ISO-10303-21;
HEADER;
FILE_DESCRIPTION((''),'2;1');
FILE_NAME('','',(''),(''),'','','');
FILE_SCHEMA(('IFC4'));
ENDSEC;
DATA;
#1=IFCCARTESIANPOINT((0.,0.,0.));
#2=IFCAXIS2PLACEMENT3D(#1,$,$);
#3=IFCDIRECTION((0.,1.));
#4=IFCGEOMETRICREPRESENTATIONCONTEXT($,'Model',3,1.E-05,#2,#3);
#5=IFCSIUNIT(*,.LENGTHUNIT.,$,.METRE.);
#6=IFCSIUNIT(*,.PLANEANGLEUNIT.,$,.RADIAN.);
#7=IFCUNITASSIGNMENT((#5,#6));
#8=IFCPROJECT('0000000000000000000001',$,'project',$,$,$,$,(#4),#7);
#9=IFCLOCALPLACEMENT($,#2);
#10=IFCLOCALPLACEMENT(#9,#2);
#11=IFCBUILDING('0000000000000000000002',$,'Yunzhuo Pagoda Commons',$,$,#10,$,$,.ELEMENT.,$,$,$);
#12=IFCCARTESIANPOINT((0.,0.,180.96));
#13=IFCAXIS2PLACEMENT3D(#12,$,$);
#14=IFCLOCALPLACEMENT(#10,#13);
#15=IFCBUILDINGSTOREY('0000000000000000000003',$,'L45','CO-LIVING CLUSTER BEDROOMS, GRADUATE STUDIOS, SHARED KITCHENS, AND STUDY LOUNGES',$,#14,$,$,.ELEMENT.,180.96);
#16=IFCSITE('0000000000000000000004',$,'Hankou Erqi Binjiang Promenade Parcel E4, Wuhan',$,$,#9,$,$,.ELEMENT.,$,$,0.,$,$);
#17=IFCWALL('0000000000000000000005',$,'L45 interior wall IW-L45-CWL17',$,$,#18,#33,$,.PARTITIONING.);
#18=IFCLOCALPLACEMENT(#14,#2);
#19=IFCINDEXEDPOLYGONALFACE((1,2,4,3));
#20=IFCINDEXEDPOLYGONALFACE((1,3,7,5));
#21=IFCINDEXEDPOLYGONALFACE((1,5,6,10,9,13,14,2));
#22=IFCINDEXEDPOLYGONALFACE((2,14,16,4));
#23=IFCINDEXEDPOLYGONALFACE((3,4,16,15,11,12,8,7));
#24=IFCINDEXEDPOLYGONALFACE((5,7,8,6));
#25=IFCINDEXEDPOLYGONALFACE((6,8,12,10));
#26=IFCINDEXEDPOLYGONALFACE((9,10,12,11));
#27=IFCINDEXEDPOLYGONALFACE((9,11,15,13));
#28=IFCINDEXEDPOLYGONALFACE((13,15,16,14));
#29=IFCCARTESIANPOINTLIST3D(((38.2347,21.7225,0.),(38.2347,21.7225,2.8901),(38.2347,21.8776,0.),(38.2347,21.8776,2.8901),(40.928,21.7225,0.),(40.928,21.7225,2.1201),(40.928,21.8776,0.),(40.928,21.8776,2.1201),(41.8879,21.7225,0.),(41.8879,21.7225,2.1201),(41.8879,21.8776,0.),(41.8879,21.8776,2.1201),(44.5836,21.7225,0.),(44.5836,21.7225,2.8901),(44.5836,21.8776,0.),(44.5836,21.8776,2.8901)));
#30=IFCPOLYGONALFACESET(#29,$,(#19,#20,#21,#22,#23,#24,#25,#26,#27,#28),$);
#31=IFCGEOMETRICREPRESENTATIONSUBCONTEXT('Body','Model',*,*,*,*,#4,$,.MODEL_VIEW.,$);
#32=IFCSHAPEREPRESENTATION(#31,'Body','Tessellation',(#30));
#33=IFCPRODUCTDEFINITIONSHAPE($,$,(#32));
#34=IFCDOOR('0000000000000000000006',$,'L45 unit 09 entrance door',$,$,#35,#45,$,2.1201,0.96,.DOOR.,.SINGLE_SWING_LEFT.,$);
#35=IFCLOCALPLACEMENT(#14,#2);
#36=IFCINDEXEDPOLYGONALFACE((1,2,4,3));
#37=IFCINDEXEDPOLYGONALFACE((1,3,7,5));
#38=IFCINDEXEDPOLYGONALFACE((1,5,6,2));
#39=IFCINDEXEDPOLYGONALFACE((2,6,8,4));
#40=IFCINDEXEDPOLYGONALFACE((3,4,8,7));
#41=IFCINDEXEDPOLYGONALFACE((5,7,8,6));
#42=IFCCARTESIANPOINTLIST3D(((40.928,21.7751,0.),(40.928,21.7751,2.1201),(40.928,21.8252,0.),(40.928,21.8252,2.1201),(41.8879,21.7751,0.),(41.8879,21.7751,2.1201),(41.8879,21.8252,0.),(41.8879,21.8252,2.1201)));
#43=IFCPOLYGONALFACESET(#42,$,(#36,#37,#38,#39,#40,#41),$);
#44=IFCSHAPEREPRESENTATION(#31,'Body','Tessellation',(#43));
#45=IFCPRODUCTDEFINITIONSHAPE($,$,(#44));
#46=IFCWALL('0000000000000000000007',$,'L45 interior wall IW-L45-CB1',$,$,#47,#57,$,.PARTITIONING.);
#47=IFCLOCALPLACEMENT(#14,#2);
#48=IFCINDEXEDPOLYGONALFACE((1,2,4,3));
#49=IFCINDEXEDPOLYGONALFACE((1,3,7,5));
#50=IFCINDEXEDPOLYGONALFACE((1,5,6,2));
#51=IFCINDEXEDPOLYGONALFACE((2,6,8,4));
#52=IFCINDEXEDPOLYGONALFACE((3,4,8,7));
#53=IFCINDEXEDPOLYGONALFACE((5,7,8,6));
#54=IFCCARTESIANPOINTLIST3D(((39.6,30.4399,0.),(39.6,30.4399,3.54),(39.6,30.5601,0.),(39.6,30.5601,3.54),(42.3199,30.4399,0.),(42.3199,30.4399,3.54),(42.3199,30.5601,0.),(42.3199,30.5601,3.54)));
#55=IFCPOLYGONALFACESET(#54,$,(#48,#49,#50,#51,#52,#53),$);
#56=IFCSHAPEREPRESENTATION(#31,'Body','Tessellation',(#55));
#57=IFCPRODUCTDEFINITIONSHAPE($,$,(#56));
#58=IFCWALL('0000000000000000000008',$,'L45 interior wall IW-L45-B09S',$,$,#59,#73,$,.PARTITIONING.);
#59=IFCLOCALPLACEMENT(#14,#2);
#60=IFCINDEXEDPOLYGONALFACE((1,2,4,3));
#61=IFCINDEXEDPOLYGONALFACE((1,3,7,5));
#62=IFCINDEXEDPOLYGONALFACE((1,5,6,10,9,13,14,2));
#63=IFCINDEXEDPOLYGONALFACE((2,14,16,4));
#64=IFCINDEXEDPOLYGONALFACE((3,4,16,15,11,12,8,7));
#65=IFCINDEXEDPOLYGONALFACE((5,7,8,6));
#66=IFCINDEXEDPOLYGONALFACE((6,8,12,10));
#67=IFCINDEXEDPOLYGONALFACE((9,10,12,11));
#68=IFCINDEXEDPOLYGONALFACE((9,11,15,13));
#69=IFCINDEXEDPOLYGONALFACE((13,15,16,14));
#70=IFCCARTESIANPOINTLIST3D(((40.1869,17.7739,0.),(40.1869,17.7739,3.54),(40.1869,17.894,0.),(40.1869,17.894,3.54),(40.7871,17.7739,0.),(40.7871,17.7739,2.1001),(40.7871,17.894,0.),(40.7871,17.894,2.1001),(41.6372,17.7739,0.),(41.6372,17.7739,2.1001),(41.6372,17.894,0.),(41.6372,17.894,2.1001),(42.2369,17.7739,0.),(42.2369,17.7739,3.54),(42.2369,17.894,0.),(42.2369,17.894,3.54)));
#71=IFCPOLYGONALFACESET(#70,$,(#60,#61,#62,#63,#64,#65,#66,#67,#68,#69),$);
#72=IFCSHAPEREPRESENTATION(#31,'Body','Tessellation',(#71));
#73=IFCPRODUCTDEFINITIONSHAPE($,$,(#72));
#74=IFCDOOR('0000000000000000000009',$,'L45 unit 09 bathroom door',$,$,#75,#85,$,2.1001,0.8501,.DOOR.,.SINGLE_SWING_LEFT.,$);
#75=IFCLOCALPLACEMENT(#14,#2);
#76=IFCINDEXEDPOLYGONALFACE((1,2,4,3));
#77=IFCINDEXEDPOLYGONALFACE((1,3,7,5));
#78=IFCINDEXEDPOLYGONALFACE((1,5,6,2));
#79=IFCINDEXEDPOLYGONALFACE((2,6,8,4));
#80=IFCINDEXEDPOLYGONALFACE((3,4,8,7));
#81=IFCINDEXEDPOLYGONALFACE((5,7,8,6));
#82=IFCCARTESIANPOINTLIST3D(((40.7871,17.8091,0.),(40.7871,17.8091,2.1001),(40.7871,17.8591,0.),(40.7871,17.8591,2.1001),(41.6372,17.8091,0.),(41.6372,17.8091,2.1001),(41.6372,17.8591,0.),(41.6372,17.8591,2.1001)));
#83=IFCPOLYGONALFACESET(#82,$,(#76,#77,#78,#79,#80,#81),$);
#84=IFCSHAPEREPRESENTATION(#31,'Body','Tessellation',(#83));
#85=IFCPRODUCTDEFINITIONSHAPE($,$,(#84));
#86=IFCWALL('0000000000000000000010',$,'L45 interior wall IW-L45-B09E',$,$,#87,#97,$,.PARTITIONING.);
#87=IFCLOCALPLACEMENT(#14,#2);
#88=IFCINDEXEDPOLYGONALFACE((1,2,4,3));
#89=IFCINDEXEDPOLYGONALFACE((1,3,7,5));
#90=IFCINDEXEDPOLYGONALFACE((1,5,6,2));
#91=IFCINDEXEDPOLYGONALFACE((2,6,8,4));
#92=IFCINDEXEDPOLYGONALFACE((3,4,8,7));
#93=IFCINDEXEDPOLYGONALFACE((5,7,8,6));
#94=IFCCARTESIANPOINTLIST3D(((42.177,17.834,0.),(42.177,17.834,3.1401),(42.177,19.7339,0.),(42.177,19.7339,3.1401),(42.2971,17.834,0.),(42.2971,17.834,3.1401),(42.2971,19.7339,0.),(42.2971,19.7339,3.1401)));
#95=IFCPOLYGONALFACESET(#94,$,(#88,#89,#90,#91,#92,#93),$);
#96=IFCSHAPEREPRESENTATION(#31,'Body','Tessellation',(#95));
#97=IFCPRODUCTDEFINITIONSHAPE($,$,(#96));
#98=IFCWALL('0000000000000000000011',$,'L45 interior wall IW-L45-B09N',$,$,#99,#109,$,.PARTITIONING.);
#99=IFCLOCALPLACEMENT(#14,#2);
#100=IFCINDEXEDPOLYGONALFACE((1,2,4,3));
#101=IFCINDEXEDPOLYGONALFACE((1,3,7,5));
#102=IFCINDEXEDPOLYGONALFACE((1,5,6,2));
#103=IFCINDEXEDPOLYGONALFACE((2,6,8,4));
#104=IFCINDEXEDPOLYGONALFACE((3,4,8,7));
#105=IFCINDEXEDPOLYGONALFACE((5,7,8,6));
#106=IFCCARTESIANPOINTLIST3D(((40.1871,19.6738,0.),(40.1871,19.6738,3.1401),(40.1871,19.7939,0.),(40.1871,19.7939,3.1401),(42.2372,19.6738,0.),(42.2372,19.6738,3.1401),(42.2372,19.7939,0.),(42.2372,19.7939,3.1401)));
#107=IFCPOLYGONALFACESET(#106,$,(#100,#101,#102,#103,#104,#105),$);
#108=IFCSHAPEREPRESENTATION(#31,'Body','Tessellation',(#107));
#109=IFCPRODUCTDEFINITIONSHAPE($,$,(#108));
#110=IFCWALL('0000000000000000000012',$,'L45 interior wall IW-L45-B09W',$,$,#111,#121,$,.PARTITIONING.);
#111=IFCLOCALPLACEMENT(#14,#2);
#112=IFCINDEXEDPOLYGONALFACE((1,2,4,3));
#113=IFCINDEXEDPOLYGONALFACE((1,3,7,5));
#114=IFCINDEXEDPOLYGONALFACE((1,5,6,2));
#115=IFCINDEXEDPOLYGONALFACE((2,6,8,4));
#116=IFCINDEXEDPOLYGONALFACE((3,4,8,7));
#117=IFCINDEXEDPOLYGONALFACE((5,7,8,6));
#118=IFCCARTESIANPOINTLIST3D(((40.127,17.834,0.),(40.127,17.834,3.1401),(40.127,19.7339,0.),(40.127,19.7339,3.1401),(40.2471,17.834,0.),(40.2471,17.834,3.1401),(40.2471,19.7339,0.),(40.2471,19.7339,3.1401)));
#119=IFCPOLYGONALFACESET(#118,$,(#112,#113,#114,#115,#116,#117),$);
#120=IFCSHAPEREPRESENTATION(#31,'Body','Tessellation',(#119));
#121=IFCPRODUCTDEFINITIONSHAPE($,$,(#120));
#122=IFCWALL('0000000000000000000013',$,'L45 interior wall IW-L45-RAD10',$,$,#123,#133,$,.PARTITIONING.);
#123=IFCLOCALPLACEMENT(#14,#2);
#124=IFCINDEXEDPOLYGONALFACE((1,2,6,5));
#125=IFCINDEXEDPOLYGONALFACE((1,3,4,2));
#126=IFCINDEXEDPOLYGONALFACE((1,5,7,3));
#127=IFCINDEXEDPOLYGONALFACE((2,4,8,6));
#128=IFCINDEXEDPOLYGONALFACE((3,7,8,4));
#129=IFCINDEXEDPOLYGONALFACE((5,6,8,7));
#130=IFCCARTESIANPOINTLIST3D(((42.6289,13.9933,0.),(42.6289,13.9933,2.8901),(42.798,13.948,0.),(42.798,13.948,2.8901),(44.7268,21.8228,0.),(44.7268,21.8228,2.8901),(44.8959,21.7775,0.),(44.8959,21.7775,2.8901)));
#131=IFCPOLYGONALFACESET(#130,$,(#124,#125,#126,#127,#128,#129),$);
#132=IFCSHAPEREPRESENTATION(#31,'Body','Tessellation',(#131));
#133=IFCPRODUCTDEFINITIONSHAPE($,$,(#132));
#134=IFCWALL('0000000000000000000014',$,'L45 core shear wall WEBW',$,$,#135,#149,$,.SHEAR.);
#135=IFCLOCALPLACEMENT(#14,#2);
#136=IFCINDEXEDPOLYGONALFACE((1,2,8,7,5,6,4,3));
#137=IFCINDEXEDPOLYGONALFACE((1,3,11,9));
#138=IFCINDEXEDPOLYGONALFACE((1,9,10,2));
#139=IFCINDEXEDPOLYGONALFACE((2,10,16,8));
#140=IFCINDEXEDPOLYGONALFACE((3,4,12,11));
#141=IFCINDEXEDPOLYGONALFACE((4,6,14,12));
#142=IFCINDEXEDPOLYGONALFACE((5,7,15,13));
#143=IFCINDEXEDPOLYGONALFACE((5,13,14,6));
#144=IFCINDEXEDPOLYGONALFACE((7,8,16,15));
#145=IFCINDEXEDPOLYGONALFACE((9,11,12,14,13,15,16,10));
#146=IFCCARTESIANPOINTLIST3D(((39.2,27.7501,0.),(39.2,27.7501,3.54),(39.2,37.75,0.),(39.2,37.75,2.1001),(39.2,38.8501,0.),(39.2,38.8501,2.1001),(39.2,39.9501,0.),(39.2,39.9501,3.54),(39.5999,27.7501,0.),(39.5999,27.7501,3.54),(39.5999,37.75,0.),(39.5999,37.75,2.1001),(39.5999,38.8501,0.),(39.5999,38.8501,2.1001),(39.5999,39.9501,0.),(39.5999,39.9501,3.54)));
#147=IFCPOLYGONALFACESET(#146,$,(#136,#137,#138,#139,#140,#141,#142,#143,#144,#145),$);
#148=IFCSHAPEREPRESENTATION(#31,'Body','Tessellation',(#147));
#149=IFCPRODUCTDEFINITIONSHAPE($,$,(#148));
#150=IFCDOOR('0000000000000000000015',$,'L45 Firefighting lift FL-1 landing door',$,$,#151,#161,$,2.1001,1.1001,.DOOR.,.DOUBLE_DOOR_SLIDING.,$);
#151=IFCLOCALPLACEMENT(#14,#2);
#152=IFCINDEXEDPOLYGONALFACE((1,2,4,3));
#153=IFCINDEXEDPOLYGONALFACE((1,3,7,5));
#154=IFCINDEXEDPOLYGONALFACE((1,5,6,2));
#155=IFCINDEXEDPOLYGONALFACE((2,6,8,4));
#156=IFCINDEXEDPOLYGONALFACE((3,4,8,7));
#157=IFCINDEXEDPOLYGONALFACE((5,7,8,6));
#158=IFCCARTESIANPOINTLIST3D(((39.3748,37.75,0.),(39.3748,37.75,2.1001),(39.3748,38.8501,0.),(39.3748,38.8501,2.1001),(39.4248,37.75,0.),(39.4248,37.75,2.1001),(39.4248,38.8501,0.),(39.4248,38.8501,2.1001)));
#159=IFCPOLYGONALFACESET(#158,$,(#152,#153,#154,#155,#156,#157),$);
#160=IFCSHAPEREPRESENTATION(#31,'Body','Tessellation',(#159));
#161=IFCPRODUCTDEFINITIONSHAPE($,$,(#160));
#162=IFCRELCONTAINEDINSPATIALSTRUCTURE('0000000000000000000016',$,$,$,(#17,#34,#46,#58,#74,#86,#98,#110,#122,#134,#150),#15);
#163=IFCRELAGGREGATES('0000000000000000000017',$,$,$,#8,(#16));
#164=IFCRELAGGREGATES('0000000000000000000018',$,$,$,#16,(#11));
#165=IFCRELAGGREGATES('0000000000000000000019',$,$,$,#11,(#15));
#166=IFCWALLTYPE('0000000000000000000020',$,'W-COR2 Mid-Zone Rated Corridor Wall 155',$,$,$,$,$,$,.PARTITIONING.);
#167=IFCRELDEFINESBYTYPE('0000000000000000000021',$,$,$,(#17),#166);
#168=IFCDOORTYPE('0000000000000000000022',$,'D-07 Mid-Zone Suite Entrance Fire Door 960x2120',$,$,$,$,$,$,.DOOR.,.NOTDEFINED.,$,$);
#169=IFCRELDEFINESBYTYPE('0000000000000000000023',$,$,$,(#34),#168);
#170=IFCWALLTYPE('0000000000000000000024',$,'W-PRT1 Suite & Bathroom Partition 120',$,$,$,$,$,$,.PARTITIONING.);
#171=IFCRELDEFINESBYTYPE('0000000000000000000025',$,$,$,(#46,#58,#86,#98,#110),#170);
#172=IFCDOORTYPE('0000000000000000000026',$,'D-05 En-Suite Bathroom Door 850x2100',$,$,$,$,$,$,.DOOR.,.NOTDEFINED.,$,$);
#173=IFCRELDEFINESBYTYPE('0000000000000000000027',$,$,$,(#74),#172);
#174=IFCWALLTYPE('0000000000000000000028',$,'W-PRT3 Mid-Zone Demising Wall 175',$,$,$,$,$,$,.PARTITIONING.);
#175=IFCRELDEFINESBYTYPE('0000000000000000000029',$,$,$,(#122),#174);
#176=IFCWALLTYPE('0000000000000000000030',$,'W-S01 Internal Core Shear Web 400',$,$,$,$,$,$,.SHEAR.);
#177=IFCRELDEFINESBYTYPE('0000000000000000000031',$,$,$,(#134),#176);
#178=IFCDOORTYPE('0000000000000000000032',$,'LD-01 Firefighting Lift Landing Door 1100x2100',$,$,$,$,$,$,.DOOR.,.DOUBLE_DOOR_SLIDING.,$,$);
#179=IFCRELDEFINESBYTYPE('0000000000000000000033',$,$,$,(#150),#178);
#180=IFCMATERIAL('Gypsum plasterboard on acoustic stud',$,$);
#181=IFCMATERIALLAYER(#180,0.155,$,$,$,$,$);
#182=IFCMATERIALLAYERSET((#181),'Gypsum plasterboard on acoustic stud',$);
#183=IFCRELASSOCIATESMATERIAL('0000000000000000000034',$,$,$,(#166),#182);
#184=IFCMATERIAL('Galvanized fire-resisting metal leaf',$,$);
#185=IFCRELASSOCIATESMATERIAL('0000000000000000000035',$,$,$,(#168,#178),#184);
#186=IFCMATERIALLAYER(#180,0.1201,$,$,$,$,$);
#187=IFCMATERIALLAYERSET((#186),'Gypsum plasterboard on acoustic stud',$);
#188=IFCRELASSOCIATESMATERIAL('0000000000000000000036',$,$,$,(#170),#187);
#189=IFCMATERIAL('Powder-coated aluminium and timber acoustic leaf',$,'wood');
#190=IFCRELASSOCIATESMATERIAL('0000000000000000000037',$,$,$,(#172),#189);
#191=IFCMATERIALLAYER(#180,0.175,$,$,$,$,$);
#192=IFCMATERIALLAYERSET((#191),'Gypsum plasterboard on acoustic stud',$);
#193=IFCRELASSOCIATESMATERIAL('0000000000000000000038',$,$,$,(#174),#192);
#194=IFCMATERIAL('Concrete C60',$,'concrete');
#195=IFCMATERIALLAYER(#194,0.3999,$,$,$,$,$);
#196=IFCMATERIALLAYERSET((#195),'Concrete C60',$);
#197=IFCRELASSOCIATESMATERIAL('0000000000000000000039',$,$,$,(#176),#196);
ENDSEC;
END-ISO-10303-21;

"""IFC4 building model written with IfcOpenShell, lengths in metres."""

from ifc_helpers import new_model, si_unit, direction, frame, frame_2d, origin, origin_with_axes, place, context, subcontext, project, spatial, rectangle, extrude, source, transform, mapped, material, layer, layer_set, type_object, element, fill, save


model = new_model("IFC4")

# Units and contexts
model_context = context("Model", 3, precision=1e-05, world=origin(), true_north=direction((0.0, 1.0)))
body_context = subcontext(model_context, "Body", "Model", "MODEL_VIEW")
ifc_project = project(units=[si_unit("LENGTHUNIT", "METRE"), si_unit("PLANEANGLEUNIT", "RADIAN")], contexts=[model_context])

# Site, building, storey
site_placement = place(None, origin())
site = spatial("IfcSite", under=ifc_project, at=site_placement, Name="Hankou Erqi Binjiang Promenade Parcel E4, Wuhan", CompositionType="ELEMENT", RefElevation=0.0)
building_placement = place(site_placement, origin())
building = spatial("IfcBuilding", under=site, at=building_placement, Name="Yunzhuo Pagoda Commons", CompositionType="ELEMENT")
storey_placement = place(building_placement, frame((0.0, 0.0, 180.96)))
storey = spatial("IfcBuildingStorey", under=building, at=storey_placement, Name="L45", Description="CO-LIVING CLUSTER BEDROOMS, GRADUATE STUDIOS, SHARED KITCHENS, AND STUDY LOUNGES", CompositionType="ELEMENT", Elevation=180.96)

# Shared definitions
ifc_material_1 = material(Name="Gypsum plasterboard on acoustic stud")
ifc_layer_1 = layer(ifc_material_1, 0.155)
ifc_layer_set_1 = layer_set([ifc_layer_1], Name="Gypsum plasterboard on acoustic stud")
wall_type_1 = type_object("IfcWallType", Name="W-COR2 Mid-Zone Rated Corridor Wall 155", PredefinedType="PARTITIONING", material=ifc_layer_set_1)
ifc_material_2 = material(Name="Galvanized fire-resisting metal leaf")

# Wall, opening, door
wall_1_placement = place(storey_placement, frame((44.5835, 21.8, 0.0), z_axis=(0.0, 0.0, 1.0), x_axis=(-1.0, 0.0, 0.0)))
wall_1 = element("IfcWall", 1, at=wall_1_placement, inside=storey, type_object=wall_type_1, Name="L45 interior wall IW-L45-CWL17", PredefinedType="PARTITIONING", context=body_context, shape_type="SweptSolid", body=[
    extrude(rectangle(XDim=6.3489, YDim=0.155, at=frame_2d((3.1743, 0.0))), origin(), (0.0, 0.0, 1.0), 2.8901),
])
opening_1_placement = place(wall_1_placement, frame((2.6956, 0.0, 0.0)))
opening_1 = element("IfcOpeningElement", 2, at=opening_1_placement, cuts=wall_1, PredefinedType="OPENING", context=body_context, shape_type="SweptSolid", body=[
    extrude(rectangle(XDim=0.96, YDim=2.1201, at=frame_2d((0.48, 1.0601))), frame((0.0, 0.0874, 0.0), z_axis=(0.0, -1.0, 0.0), x_axis=(1.0, 0.0, 0.0)), (0.0, 0.0, 1.0), 0.175),
])
door_type_1 = type_object("IfcDoorType", Name="D-07 Mid-Zone Suite Entrance Fire Door 960x2120", OperationType="NOTDEFINED", PredefinedType="DOOR", material=ifc_material_2)
shared_shape_1 = source(origin(), body_context, "Body", "SweptSolid", [
    extrude(rectangle(XDim=0.96, YDim=2.1201, at=frame_2d((0.48, 1.0601))), frame((0.0, 0.0249, 0.0), z_axis=(0.0, -1.0, 0.0), x_axis=(1.0, 0.0, 0.0)), (0.0, 0.0, 1.0), 0.05),
])
door_1_placement = place(opening_1_placement, origin_with_axes())
door_1 = element("IfcDoor", 3, at=door_1_placement, inside=storey, type_object=door_type_1, Name="L45 unit 09 entrance door", OperationType="SINGLE_SWING_LEFT", OverallHeight=2.1201, OverallWidth=0.96, PredefinedType="DOOR", context=body_context, shape_type="MappedRepresentation", body=[
    mapped(shared_shape_1, transform((0.0, 0.0, 0.0), scale=1.0)),
])
fill(opening_1, door_1)

# Wall
ifc_layer_2 = layer(ifc_material_1, 0.1201)
ifc_layer_set_2 = layer_set([ifc_layer_2], Name="Gypsum plasterboard on acoustic stud")
wall_type_2 = type_object("IfcWallType", Name="W-PRT1 Suite & Bathroom Partition 120", PredefinedType="PARTITIONING", material=ifc_layer_set_2)
wall_2_placement = place(storey_placement, frame((39.6001, 30.5, 0.0), z_axis=(0.0, 0.0, 1.0), x_axis=(1.0, 0.0, 0.0)))
element("IfcWall", 4, at=wall_2_placement, inside=storey, type_object=wall_type_2, Name="L45 interior wall IW-L45-CB1", PredefinedType="PARTITIONING", context=body_context, shape_type="SweptSolid", body=[
    extrude(rectangle(XDim=2.72, YDim=0.1201, at=frame_2d((1.3599, 0.0))), origin(), (0.0, 0.0, 1.0), 3.54),
])

# Wall, opening, door
wall_3_placement = place(storey_placement, frame((40.187, 17.834, 0.0), z_axis=(0.0, 0.0, 1.0), x_axis=(1.0, 0.0, 0.0)))
wall_3 = element("IfcWall", 5, at=wall_3_placement, inside=storey, type_object=wall_type_2, Name="L45 interior wall IW-L45-B09S", PredefinedType="PARTITIONING", context=body_context, shape_type="SweptSolid", body=[
    extrude(rectangle(XDim=2.05, YDim=0.1201, at=frame_2d((1.0249, 0.0))), origin(), (0.0, 0.0, 1.0), 3.54),
])
opening_2_placement = place(wall_3_placement, frame((0.6001, 0.0, 0.0)))
opening_2 = element("IfcOpeningElement", 6, at=opening_2_placement, cuts=wall_3, PredefinedType="OPENING", context=body_context, shape_type="SweptSolid", body=[
    extrude(rectangle(XDim=0.8501, YDim=2.1001, at=frame_2d((0.425, 1.05))), frame((0.0, 0.0701, 0.0), z_axis=(0.0, -1.0, 0.0), x_axis=(1.0, 0.0, 0.0)), (0.0, 0.0, 1.0), 0.1401),
])
ifc_material_3 = material(Name="Powder-coated aluminium and timber acoustic leaf", Category="wood")
door_type_2 = type_object("IfcDoorType", Name="D-05 En-Suite Bathroom Door 850x2100", OperationType="NOTDEFINED", PredefinedType="DOOR", material=ifc_material_3)
shared_shape_2 = source(origin(), body_context, "Body", "SweptSolid", [
    extrude(rectangle(XDim=0.8501, YDim=2.1001, at=frame_2d((0.425, 1.05))), frame((0.0, 0.0249, 0.0), z_axis=(0.0, -1.0, 0.0), x_axis=(1.0, 0.0, 0.0)), (0.0, 0.0, 1.0), 0.05),
])
door_2_placement = place(opening_2_placement, frame((0.8501, 0.0, 0.0), z_axis=(0.0, 0.0, 1.0), x_axis=(-1.0, 0.0, 0.0)))
door_2 = element("IfcDoor", 7, at=door_2_placement, inside=storey, type_object=door_type_2, Name="L45 unit 09 bathroom door", OperationType="SINGLE_SWING_LEFT", OverallHeight=2.1001, OverallWidth=0.8501, PredefinedType="DOOR", context=body_context, shape_type="MappedRepresentation", body=[
    mapped(shared_shape_2, transform((0.0, 0.0, 0.0), scale=1.0)),
])
fill(opening_2, door_2)

# Walls
wall_4_placement = place(storey_placement, frame((42.2371, 17.834, 0.0), z_axis=(0.0, 0.0, 1.0), x_axis=(0.0, 1.0, 0.0)))
element("IfcWall", 8, at=wall_4_placement, inside=storey, type_object=wall_type_2, Name="L45 interior wall IW-L45-B09E", PredefinedType="PARTITIONING", context=body_context, shape_type="SweptSolid", body=[
    extrude(rectangle(XDim=1.8999, YDim=0.1201, at=frame_2d((0.95, 0.0))), origin(), (0.0, 0.0, 1.0), 3.1401),
])
wall_5_placement = place(storey_placement, frame((42.2371, 19.7339, 0.0), z_axis=(0.0, 0.0, 1.0), x_axis=(-1.0, 0.0, 0.0)))
element("IfcWall", 9, at=wall_5_placement, inside=storey, type_object=wall_type_2, Name="L45 interior wall IW-L45-B09N", PredefinedType="PARTITIONING", context=body_context, shape_type="SweptSolid", body=[
    extrude(rectangle(XDim=2.05, YDim=0.1201, at=frame_2d((1.0249, 0.0))), origin(), (0.0, 0.0, 1.0), 3.1401),
])
wall_6_placement = place(storey_placement, frame((40.187, 19.7339, 0.0), z_axis=(0.0, 0.0, 1.0), x_axis=(0.0, -1.0, 0.0)))
element("IfcWall", 10, at=wall_6_placement, inside=storey, type_object=wall_type_2, Name="L45 interior wall IW-L45-B09W", PredefinedType="PARTITIONING", context=body_context, shape_type="SweptSolid", body=[
    extrude(rectangle(XDim=1.8999, YDim=0.1201, at=frame_2d((0.95, 0.0))), origin(), (0.0, 0.0, 1.0), 3.1401),
])
ifc_layer_3 = layer(ifc_material_1, 0.175)
ifc_layer_set_3 = layer_set([ifc_layer_3], Name="Gypsum plasterboard on acoustic stud")
wall_type_3 = type_object("IfcWallType", Name="W-PRT3 Mid-Zone Demising Wall 175", PredefinedType="PARTITIONING", material=ifc_layer_set_3)
wall_7_placement = place(storey_placement, frame((44.8113, 21.8, 0.0), z_axis=(0.0, 0.0, 1.0), x_axis=(-0.258815, -0.965927, 0.0)))
element("IfcWall", 11, at=wall_7_placement, inside=storey, type_object=wall_type_3, Name="L45 interior wall IW-L45-RAD10", PredefinedType="PARTITIONING", context=body_context, shape_type="SweptSolid", body=[
    extrude(rectangle(XDim=8.1057, YDim=0.175, at=frame_2d((4.0527, 0.0))), origin(), (0.0, 0.0, 1.0), 2.8901),
])

# Wall, opening, door
ifc_material_4 = material(Name="Concrete C60", Category="concrete")
ifc_layer_4 = layer(ifc_material_4, 0.3999)
ifc_layer_set_4 = layer_set([ifc_layer_4], Name="Concrete C60")
wall_type_4 = type_object("IfcWallType", Name="W-S01 Internal Core Shear Web 400", PredefinedType="SHEAR", material=ifc_layer_set_4)
wall_8_placement = place(storey_placement, frame((39.3999, 27.75, 0.0), z_axis=(0.0, 0.0, 1.0), x_axis=(0.0, 1.0, 0.0)))
wall_8 = element("IfcWall", 12, at=wall_8_placement, inside=storey, type_object=wall_type_4, Name="L45 core shear wall WEBW", PredefinedType="SHEAR", context=body_context, shape_type="SweptSolid", body=[
    extrude(rectangle(XDim=12.2, YDim=0.3999, at=frame_2d((6.1001, 0.0))), origin(), (0.0, 0.0, 1.0), 3.54),
])
opening_3_placement = place(wall_8_placement, frame((10.0, 0.0, 0.0)))
opening_3 = element("IfcOpeningElement", 13, at=opening_3_placement, cuts=wall_8, PredefinedType="OPENING", context=body_context, shape_type="SweptSolid", body=[
    extrude(rectangle(XDim=1.1001, YDim=2.1001, at=frame_2d((0.55, 1.05))), frame((0.0, 0.21, 0.0), z_axis=(0.0, -1.0, 0.0), x_axis=(1.0, 0.0, 0.0)), (0.0, 0.0, 1.0), 0.4199),
])
door_type_3 = type_object("IfcDoorType", Name="LD-01 Firefighting Lift Landing Door 1100x2100", OperationType="DOUBLE_DOOR_SLIDING", PredefinedType="DOOR", material=ifc_material_2)
shared_shape_3 = source(origin(), body_context, "Body", "SweptSolid", [
    extrude(rectangle(XDim=1.1001, YDim=2.1001, at=frame_2d((0.55, 1.05))), frame((0.0, 0.0249, 0.0), z_axis=(0.0, -1.0, 0.0), x_axis=(1.0, 0.0, 0.0)), (0.0, 0.0, 1.0), 0.05),
])
door_3_placement = place(opening_3_placement, frame((1.1001, 0.0, 0.0), z_axis=(0.0, 0.0, 1.0), x_axis=(-1.0, 0.0, 0.0)))
door_3 = element("IfcDoor", 14, at=door_3_placement, inside=storey, type_object=door_type_3, Name="L45 Firefighting lift FL-1 landing door", OperationType="DOUBLE_DOOR_SLIDING", OverallHeight=2.1001, OverallWidth=1.1001, PredefinedType="DOOR", context=body_context, shape_type="MappedRepresentation", body=[
    mapped(shared_shape_3, transform((0.0, 0.0, 0.0), scale=1.0)),
])
fill(opening_3, door_3)

save(model, "model.ifc")
